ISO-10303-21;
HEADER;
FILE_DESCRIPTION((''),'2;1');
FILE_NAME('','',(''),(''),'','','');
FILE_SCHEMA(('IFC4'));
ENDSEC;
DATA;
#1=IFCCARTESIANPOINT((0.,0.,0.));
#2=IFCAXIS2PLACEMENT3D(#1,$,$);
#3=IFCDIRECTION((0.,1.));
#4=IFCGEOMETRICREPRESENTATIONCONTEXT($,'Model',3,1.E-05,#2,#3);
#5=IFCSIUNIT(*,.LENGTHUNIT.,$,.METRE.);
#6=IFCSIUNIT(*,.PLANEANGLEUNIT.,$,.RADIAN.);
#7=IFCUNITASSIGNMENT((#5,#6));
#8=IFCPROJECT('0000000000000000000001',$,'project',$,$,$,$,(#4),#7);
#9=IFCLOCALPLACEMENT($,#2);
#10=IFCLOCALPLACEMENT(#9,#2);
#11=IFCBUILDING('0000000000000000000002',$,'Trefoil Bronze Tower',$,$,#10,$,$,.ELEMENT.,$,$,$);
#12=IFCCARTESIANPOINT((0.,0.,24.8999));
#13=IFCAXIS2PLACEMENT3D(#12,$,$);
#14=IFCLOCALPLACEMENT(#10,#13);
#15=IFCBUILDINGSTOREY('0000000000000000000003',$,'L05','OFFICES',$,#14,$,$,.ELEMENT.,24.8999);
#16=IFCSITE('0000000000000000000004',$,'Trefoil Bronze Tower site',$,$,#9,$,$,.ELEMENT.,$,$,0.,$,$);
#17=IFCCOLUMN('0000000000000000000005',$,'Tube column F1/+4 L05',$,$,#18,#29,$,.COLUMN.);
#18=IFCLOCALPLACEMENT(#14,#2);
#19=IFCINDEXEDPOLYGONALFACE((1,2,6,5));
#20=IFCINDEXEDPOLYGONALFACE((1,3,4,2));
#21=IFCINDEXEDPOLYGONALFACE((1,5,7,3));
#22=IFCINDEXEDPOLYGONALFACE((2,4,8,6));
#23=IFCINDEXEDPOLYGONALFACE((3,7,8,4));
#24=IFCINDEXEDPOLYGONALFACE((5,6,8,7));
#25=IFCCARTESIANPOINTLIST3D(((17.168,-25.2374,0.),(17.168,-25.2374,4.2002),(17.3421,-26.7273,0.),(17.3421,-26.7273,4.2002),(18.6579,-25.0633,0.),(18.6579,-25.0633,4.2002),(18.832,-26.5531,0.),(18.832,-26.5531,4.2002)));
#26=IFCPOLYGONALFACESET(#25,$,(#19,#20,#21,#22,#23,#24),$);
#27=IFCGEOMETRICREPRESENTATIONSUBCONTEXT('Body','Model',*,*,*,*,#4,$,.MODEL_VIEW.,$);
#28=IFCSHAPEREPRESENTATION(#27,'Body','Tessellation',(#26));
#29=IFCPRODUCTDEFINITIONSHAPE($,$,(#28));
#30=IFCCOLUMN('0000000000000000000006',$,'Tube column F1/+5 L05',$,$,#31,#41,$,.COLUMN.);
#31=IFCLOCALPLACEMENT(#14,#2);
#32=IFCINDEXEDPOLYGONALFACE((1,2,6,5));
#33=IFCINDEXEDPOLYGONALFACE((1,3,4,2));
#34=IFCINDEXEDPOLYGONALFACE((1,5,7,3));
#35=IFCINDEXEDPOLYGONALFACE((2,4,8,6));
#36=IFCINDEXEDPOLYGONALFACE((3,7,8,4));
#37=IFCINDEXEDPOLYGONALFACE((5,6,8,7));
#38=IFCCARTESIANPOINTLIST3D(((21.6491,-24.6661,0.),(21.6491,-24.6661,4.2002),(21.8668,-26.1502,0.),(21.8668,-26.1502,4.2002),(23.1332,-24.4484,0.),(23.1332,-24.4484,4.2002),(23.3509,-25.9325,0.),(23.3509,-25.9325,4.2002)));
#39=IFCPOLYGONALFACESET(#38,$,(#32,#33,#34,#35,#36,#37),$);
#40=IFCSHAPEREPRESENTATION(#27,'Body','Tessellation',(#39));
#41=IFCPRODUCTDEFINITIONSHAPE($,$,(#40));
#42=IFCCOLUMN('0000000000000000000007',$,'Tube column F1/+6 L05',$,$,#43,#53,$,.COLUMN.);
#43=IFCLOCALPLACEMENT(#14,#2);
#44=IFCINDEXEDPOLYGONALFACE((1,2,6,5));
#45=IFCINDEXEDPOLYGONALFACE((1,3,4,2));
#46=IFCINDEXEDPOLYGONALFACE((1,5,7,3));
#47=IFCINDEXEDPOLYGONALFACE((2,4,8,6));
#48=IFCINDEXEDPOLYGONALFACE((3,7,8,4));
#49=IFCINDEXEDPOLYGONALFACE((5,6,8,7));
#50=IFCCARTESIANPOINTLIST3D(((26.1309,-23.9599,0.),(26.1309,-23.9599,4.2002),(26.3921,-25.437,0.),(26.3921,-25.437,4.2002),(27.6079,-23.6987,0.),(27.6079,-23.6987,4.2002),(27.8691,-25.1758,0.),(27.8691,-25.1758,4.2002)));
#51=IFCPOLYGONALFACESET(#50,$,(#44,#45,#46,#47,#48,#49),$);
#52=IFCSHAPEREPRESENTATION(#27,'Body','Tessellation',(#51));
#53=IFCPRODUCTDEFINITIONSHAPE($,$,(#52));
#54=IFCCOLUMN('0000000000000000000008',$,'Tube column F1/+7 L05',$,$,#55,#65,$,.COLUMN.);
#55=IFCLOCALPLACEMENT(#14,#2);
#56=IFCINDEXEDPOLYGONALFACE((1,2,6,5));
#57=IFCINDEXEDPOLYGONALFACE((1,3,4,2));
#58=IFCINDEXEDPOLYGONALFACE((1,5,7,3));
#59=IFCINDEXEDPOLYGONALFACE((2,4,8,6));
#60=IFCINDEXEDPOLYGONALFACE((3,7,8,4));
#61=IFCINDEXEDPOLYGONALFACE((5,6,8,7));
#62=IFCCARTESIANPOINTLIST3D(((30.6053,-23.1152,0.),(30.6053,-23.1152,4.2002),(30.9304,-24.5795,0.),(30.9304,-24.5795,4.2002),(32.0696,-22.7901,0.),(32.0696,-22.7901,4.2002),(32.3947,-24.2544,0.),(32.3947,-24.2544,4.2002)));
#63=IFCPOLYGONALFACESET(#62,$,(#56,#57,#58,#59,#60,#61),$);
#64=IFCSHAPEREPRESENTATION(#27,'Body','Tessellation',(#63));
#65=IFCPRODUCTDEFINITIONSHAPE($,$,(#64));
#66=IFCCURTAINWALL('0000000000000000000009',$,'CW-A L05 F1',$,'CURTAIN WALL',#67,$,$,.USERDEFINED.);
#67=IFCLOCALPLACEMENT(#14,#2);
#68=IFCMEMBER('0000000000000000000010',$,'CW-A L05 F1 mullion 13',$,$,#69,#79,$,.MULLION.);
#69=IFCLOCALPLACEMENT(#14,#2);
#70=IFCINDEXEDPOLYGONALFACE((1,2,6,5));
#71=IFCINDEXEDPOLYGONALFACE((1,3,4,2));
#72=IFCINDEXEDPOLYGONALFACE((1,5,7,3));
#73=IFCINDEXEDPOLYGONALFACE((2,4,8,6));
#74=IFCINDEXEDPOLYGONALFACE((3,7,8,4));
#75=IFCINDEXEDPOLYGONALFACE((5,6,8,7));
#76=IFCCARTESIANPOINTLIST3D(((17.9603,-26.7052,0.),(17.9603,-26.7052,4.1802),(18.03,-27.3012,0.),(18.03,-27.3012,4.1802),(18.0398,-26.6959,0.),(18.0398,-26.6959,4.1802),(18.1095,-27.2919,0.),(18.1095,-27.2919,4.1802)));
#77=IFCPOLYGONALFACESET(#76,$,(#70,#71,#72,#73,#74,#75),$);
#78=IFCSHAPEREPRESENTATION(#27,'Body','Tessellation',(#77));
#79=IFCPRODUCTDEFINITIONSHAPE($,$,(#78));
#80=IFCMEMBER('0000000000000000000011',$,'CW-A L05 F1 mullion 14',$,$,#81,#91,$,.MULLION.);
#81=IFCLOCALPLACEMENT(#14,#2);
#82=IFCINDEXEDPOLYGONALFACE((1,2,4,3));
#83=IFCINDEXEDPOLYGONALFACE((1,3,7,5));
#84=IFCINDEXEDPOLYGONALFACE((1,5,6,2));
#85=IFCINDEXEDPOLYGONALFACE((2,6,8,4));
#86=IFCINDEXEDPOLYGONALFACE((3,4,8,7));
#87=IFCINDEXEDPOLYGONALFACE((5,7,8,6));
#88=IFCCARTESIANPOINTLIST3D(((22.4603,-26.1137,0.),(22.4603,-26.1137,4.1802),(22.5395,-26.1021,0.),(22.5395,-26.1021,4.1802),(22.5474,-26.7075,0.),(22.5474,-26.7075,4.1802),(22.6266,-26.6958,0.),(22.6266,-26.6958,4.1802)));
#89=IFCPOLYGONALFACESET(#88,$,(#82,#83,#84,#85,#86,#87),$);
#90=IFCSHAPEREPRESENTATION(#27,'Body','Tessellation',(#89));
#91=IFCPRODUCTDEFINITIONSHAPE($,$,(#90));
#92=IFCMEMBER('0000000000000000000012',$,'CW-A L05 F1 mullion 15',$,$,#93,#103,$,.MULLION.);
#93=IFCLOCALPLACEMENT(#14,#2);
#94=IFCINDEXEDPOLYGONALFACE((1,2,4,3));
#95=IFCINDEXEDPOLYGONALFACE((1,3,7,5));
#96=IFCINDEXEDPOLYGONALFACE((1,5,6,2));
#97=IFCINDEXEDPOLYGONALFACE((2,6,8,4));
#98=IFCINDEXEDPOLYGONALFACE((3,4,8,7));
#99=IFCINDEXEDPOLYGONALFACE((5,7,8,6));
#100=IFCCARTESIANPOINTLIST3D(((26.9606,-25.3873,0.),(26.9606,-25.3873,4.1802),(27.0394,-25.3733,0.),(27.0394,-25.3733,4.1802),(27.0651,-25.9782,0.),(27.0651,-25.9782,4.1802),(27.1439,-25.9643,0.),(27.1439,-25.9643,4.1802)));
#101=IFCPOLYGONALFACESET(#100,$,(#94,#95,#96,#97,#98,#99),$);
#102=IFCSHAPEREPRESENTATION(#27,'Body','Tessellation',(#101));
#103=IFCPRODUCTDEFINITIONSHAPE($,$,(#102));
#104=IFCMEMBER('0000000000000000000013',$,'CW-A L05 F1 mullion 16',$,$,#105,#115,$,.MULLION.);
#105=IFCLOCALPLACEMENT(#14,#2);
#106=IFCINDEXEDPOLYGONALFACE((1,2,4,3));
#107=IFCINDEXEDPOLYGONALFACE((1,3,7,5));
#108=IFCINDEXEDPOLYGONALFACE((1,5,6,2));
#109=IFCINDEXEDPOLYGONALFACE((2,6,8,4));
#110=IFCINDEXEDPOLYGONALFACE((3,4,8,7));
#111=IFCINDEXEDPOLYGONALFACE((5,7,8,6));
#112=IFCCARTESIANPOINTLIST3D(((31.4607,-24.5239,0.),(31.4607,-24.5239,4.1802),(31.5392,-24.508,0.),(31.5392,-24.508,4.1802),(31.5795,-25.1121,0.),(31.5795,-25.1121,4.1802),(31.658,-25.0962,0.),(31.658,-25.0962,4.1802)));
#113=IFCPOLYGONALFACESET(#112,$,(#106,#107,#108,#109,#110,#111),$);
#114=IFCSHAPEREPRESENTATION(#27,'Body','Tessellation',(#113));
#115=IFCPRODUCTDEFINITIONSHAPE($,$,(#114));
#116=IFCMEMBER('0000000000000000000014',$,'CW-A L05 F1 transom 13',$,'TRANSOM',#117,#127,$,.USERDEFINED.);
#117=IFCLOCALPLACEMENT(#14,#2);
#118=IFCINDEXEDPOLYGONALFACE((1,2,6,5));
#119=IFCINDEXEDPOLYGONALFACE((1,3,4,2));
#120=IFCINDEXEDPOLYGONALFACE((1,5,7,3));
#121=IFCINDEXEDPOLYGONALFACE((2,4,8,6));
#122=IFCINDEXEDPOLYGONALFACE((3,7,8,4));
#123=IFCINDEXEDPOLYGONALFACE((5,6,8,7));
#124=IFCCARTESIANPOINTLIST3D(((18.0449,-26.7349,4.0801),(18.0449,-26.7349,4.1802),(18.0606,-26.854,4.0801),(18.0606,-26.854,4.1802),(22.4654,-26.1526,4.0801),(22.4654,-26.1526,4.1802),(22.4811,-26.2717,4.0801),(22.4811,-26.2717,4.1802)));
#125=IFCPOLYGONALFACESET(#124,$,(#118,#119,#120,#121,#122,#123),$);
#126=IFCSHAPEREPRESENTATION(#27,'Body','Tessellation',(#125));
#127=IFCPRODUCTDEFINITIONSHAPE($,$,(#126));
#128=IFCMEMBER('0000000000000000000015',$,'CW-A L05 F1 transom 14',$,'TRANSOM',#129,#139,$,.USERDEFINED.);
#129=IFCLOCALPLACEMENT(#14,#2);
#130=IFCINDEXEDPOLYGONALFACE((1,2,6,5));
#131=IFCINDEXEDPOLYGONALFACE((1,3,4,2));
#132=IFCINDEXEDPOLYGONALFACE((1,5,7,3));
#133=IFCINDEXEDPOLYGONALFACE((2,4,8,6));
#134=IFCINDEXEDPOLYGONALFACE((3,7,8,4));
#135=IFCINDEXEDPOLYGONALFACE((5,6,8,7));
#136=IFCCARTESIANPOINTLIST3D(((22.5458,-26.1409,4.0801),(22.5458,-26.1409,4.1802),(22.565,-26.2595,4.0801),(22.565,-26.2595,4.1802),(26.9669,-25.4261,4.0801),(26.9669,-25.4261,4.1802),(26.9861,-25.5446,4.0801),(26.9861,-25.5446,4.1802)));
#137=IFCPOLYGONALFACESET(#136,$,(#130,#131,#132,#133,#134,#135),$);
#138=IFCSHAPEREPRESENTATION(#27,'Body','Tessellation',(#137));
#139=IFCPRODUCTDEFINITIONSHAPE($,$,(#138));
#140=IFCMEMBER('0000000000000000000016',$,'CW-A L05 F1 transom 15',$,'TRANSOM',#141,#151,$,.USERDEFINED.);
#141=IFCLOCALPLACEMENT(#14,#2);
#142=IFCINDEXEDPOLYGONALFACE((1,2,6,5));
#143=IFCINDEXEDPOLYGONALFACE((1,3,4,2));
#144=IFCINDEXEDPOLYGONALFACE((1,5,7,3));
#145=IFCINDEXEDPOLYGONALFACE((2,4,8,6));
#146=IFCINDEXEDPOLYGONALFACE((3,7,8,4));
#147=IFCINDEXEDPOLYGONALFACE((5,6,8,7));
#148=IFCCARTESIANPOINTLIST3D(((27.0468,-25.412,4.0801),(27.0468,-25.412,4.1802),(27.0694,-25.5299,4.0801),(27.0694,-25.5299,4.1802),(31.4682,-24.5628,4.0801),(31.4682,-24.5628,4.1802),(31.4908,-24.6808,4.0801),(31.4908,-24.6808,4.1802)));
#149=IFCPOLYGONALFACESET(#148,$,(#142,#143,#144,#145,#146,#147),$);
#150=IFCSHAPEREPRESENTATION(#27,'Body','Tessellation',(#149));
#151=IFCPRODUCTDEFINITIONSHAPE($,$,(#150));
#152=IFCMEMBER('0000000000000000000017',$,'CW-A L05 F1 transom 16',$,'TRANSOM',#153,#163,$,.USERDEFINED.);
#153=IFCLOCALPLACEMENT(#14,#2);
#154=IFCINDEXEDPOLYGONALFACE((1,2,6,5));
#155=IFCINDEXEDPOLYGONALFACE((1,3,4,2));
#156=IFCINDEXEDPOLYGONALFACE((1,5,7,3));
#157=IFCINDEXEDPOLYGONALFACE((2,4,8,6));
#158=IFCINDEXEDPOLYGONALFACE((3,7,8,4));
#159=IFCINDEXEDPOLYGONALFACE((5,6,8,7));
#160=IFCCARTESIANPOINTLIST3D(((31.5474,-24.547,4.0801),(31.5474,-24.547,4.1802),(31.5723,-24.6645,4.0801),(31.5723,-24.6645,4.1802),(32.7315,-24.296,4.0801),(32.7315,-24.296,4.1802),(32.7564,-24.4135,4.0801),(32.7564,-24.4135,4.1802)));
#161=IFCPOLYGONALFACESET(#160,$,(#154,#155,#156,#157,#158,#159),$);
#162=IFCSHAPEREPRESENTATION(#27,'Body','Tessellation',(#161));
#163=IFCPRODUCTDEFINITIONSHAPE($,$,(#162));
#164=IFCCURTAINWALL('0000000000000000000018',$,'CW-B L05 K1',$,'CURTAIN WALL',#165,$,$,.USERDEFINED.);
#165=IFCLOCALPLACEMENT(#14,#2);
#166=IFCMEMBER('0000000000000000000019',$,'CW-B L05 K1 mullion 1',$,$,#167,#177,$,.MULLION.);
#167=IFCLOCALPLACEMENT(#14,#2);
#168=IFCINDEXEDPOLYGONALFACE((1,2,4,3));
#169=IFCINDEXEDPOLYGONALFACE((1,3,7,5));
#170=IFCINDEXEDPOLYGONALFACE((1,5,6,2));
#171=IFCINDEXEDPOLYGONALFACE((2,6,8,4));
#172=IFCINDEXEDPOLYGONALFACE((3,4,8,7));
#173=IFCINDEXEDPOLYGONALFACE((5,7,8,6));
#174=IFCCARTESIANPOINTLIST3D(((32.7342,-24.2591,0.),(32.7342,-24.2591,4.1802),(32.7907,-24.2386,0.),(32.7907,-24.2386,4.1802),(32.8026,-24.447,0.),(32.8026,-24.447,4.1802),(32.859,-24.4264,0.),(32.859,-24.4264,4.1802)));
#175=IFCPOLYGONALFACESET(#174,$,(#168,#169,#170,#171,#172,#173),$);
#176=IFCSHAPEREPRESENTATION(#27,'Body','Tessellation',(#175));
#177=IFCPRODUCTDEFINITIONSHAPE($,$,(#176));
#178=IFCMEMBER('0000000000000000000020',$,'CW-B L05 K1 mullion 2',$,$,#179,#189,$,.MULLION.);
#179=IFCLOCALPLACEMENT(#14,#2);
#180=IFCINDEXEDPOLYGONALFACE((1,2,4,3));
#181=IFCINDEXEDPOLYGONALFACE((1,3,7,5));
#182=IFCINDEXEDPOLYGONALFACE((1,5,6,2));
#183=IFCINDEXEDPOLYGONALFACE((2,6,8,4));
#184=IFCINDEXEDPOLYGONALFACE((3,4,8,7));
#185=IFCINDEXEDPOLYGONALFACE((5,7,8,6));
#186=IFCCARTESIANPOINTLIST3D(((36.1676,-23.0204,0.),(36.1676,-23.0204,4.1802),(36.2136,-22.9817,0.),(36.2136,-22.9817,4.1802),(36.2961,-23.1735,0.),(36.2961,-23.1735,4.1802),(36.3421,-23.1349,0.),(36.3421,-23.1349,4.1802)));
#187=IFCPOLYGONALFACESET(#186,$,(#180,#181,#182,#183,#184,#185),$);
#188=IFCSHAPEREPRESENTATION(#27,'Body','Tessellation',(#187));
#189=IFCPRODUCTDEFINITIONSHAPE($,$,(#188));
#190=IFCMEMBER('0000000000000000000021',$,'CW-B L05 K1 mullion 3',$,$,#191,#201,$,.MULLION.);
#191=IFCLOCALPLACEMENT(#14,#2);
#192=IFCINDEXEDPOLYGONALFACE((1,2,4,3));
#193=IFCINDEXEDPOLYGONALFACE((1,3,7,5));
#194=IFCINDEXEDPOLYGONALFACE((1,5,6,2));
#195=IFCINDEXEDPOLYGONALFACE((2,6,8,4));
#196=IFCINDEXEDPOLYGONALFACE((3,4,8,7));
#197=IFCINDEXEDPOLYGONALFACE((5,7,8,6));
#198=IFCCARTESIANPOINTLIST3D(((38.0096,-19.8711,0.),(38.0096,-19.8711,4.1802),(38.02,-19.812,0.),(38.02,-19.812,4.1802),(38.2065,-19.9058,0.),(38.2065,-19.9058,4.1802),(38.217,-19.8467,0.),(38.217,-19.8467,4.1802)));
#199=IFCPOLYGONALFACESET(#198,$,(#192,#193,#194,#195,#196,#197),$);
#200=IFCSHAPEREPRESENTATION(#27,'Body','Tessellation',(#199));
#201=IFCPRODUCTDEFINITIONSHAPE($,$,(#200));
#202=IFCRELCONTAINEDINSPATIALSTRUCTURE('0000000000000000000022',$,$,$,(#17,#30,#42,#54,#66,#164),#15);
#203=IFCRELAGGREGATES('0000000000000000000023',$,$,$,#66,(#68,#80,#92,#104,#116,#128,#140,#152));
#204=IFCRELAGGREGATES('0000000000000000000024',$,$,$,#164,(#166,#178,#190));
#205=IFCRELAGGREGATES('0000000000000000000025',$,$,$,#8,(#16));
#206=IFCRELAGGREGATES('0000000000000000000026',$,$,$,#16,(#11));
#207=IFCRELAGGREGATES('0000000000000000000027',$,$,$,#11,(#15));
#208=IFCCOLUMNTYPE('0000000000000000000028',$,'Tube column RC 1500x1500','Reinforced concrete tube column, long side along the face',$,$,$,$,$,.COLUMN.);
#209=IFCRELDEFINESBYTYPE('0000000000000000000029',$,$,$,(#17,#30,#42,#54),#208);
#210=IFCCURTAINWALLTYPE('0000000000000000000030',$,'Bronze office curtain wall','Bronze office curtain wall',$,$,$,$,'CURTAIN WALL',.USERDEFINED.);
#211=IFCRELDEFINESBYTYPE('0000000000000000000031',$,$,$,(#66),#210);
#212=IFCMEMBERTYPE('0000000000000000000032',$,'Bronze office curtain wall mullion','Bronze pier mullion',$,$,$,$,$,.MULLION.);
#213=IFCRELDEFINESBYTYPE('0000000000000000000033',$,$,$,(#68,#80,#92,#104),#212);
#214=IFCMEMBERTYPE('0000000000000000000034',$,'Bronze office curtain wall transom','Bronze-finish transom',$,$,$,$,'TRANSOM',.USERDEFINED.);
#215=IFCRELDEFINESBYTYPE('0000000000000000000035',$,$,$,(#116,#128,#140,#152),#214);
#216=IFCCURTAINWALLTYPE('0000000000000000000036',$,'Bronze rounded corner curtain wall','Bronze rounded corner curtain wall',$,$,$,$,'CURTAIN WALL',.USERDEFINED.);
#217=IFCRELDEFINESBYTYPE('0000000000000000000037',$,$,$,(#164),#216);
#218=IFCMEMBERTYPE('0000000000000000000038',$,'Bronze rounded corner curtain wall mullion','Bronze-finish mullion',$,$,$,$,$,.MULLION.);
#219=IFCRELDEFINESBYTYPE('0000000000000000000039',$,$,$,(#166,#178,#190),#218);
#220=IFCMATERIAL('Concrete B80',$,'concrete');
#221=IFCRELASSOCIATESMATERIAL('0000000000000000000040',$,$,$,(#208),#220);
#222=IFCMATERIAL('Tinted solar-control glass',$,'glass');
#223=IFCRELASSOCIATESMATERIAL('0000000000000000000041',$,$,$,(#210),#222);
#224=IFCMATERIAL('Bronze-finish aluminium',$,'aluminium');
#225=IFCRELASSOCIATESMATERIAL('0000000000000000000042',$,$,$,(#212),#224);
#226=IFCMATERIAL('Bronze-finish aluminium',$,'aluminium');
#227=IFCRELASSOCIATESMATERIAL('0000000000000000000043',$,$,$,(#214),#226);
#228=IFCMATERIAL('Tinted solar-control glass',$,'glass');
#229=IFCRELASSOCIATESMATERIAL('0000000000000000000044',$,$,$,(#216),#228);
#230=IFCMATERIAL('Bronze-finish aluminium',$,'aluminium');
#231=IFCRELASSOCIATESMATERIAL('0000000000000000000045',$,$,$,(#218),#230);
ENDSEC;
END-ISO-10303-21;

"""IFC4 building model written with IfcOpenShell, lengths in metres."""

from ifc_helpers import new_model, si_unit, direction, frame, origin, origin_2d, place, context, subcontext, project, spatial, rectangle, extrude, material, material_profile, profile_set, type_object, element, aggregate, save


model = new_model("IFC4")

# Units and contexts
model_context = context("Model", 3, precision=1e-05, world=origin(), true_north=direction((0.0, 1.0)))
body_context = subcontext(model_context, "Body", "Model", "MODEL_VIEW")
ifc_project = project(units=[si_unit("LENGTHUNIT", "METRE"), si_unit("PLANEANGLEUNIT", "RADIAN")], contexts=[model_context])

# Site, building, storey
site_placement = place(None, origin())
site = spatial("IfcSite", under=ifc_project, at=site_placement, Name="Trefoil Bronze Tower site", CompositionType="ELEMENT", RefElevation=0.0)
building_placement = place(site_placement, origin())
building = spatial("IfcBuilding", under=site, at=building_placement, Name="Trefoil Bronze Tower", CompositionType="ELEMENT")
storey_placement = place(building_placement, frame((0.0, 0.0, 24.8999)))
storey = spatial("IfcBuildingStorey", under=building, at=storey_placement, Name="L05", Description="OFFICES", CompositionType="ELEMENT", Elevation=24.8999)

# Columns
ifc_material_1 = material(Name="Concrete B80", Category="concrete")
ifc_material_profile_1 = material_profile(ifc_material_1, rectangle(XDim=1.5, YDim=1.5, at=origin_2d()), Name="RC 1500x1500")
ifc_profile_set_1 = profile_set([ifc_material_profile_1], Name="Concrete B80")
column_type = type_object("IfcColumnType", Name="Tube column RC 1500x1500", Description="Reinforced concrete tube column, long side along the face", PredefinedType="COLUMN", material=ifc_profile_set_1)
for number, where, z_axis, x_axis, name in (
    (1, (18.0, -25.8953, 0.0), (0.0, 0.0, 1.0), (0.993239, 0.116087, 0.0), "Tube column F1/+4 L05"),
    (2, (22.5, -25.2993, 0.0), (0.0, 0.0, 1.0), (0.989416, 0.145109, 0.0), "Tube column F1/+5 L05"),
    (3, (27.0, -24.5679, 0.0), (0.0, 0.0, 1.0), (0.984722, 0.174131, 0.0), "Tube column F1/+6 L05"),
    (4, (31.5, -23.6848, 0.0), (0.0, 0.0, 1.0), (0.97623, 0.216739, 0.0), "Tube column F1/+7 L05"),
):
    element("IfcColumn", number, at=place(storey_placement, frame(where, z_axis=z_axis, x_axis=x_axis)), inside=storey, type_object=column_type, Name=name, PredefinedType="COLUMN", context=body_context, shape_type="SweptSolid", body=[
        extrude(rectangle(XDim=1.5, YDim=1.5, at=origin_2d()), origin(), (0.0, 0.0, 1.0), 4.2002),
    ])

# Curtain walls, members
ifc_material_2 = material(Name="Tinted solar-control glass", Category="glass")
curtain_wall_type_1 = type_object("IfcCurtainWallType", Name="Bronze office curtain wall", Description="Bronze office curtain wall", ElementType="CURTAIN WALL", PredefinedType="USERDEFINED", material=ifc_material_2)
curtain_wall_1_placement = place(storey_placement, origin())
curtain_wall_1 = element("IfcCurtainWall", 5, at=curtain_wall_1_placement, inside=storey, type_object=curtain_wall_type_1, Name="CW-A L05 F1", ObjectType="CURTAIN WALL", PredefinedType="USERDEFINED")
ifc_material_3 = material(Name="Bronze-finish aluminium", Category="aluminium")
ifc_material_profile_2 = material_profile(ifc_material_3, rectangle(XDim=0.6001, YDim=0.0801, at=origin_2d()), Name="CW-A mullion")
ifc_profile_set_2 = profile_set([ifc_material_profile_2], Name="Bronze-finish aluminium")
member_type_1 = type_object("IfcMemberType", Name="Bronze office curtain wall mullion", Description="Bronze pier mullion", PredefinedType="MULLION", material=ifc_profile_set_2)
member_1_placement = place(storey_placement, frame((18.0349, -26.9985, 0.0), z_axis=(0.0, 0.0, 1.0), x_axis=(-0.116087, 0.993239, 0.0)))
member_1 = element("IfcMember", 6, at=member_1_placement, type_object=member_type_1, Name="CW-A L05 F1 mullion 13", PredefinedType="MULLION", context=body_context, shape_type="SweptSolid", body=[
    extrude(rectangle(XDim=0.6001, YDim=0.0801, at=origin_2d()), origin(), (0.0, 0.0, 1.0), 4.1802),
])
member_2_placement = place(storey_placement, frame((22.5435, -26.4048, 0.0), z_axis=(0.0, 0.0, 1.0), x_axis=(-0.145109, 0.989416, 0.0)))
member_2 = element("IfcMember", 7, at=member_2_placement, type_object=member_type_1, Name="CW-A L05 F1 mullion 14", PredefinedType="MULLION", context=body_context, shape_type="SweptSolid", body=[
    extrude(rectangle(XDim=0.6001, YDim=0.0801, at=origin_2d()), origin(), (0.0, 0.0, 1.0), 4.1802),
])
member_3_placement = place(storey_placement, frame((27.0522, -25.6758, 0.0), z_axis=(0.0, 0.0, 1.0), x_axis=(-0.174131, 0.984722, 0.0)))
member_3 = element("IfcMember", 8, at=member_3_placement, type_object=member_type_1, Name="CW-A L05 F1 mullion 15", PredefinedType="MULLION", context=body_context, shape_type="SweptSolid", body=[
    extrude(rectangle(XDim=0.6001, YDim=0.0801, at=origin_2d()), origin(), (0.0, 0.0, 1.0), 4.1802),
])
member_4_placement = place(storey_placement, frame((31.5593, -24.8101, 0.0), z_axis=(0.0, 0.0, 1.0), x_axis=(-0.19791, 0.98022, 0.0)))
member_4 = element("IfcMember", 9, at=member_4_placement, type_object=member_type_1, Name="CW-A L05 F1 mullion 16", PredefinedType="MULLION", context=body_context, shape_type="SweptSolid", body=[
    extrude(rectangle(XDim=0.6001, YDim=0.0801, at=origin_2d()), origin(), (0.0, 0.0, 1.0), 4.1802),
])
ifc_material_4 = material(Name="Bronze-finish aluminium", Category="aluminium")
ifc_material_profile_3 = material_profile(ifc_material_4, rectangle(XDim=0.1201, YDim=0.1001, at=origin_2d()), Name="CW-A transom")
ifc_profile_set_3 = profile_set([ifc_material_profile_3], Name="Bronze-finish aluminium")
member_type_2 = type_object("IfcMemberType", Name="Bronze office curtain wall transom", Description="Bronze-finish transom", ElementType="TRANSOM", PredefinedType="USERDEFINED", material=ifc_profile_set_3)
member_5_placement = place(storey_placement, frame((18.0527, -26.7944, 4.1301), z_axis=(0.991437, 0.130589, 0.0), x_axis=(-0.130589, 0.991437, 0.0)))
member_5 = element("IfcMember", 10, at=member_5_placement, type_object=member_type_2, Name="CW-A L05 F1 transom 13", ObjectType="TRANSOM", PredefinedType="USERDEFINED", context=body_context, shape_type="SweptSolid", body=[
    extrude(rectangle(XDim=0.1201, YDim=0.1001, at=origin_2d()), origin(), (0.0, 0.0, 1.0), 4.4587),
])
member_6_placement = place(storey_placement, frame((22.5554, -26.2002, 4.1301), z_axis=(0.987179, 0.159615, 0.0), x_axis=(-0.159615, 0.987179, 0.0)))
member_6 = element("IfcMember", 11, at=member_6_placement, type_object=member_type_2, Name="CW-A L05 F1 transom 14", ObjectType="TRANSOM", PredefinedType="USERDEFINED", context=body_context, shape_type="SweptSolid", body=[
    extrude(rectangle(XDim=0.1201, YDim=0.1001, at=origin_2d()), origin(), (0.0, 0.0, 1.0), 4.4785),
])
member_7_placement = place(storey_placement, frame((27.0581, -25.4709, 4.1301), z_axis=(0.982054, 0.188602, 0.0), x_axis=(-0.188602, 0.982054, 0.0)))
member_7 = element("IfcMember", 12, at=member_7_placement, type_object=member_type_2, Name="CW-A L05 F1 transom 15", ObjectType="TRANSOM", PredefinedType="USERDEFINED", context=body_context, shape_type="SweptSolid", body=[
    extrude(rectangle(XDim=0.1201, YDim=0.1001, at=origin_2d()), origin(), (0.0, 0.0, 1.0), 4.5022),
])
member_8_placement = place(storey_placement, frame((31.5598, -24.6057, 4.1301), z_axis=(0.978266, 0.207352, 0.0), x_axis=(-0.207352, 0.978266, 0.0)))
member_8 = element("IfcMember", 13, at=member_8_placement, type_object=member_type_2, Name="CW-A L05 F1 transom 16", ObjectType="TRANSOM", PredefinedType="USERDEFINED", context=body_context, shape_type="SweptSolid", body=[
    extrude(rectangle(XDim=0.1201, YDim=0.1001, at=origin_2d()), origin(), (0.0, 0.0, 1.0), 1.2104),
])
ifc_material_5 = material(Name="Tinted solar-control glass", Category="glass")
curtain_wall_type_2 = type_object("IfcCurtainWallType", Name="Bronze rounded corner curtain wall", Description="Bronze rounded corner curtain wall", ElementType="CURTAIN WALL", PredefinedType="USERDEFINED", material=ifc_material_5)
curtain_wall_2_placement = place(storey_placement, origin())
curtain_wall_2 = element("IfcCurtainWall", 14, at=curtain_wall_2_placement, inside=storey, type_object=curtain_wall_type_2, Name="CW-B L05 K1", ObjectType="CURTAIN WALL", PredefinedType="USERDEFINED")
ifc_material_6 = material(Name="Bronze-finish aluminium", Category="aluminium")
ifc_material_profile_4 = material_profile(ifc_material_6, rectangle(XDim=0.2, YDim=0.0601, at=origin_2d()), Name="CW-B mullion")
ifc_profile_set_4 = profile_set([ifc_material_profile_4], Name="Bronze-finish aluminium")
member_type_3 = type_object("IfcMemberType", Name="Bronze rounded corner curtain wall mullion", Description="Bronze-finish mullion", PredefinedType="MULLION", material=ifc_profile_set_4)
member_9_placement = place(storey_placement, frame((32.7966, -24.3428, 0.0), z_axis=(0.0, 0.0, 1.0), x_axis=(-0.34202, 0.939693, 0.0)))
member_9 = element("IfcMember", 15, at=member_9_placement, type_object=member_type_3, Name="CW-B L05 K1 mullion 1", PredefinedType="MULLION", context=body_context, shape_type="SweptSolid", body=[
    extrude(rectangle(XDim=0.2, YDim=0.0601, at=origin_2d()), origin(), (0.0, 0.0, 1.0), 4.1802),
])
member_10_placement = place(storey_placement, frame((36.2549, -23.0776, 0.0), z_axis=(0.0, 0.0, 1.0), x_axis=(-0.642788, 0.766044, 0.0)))
member_10 = element("IfcMember", 16, at=member_10_placement, type_object=member_type_3, Name="CW-B L05 K1 mullion 2", PredefinedType="MULLION", context=body_context, shape_type="SweptSolid", body=[
    extrude(rectangle(XDim=0.2, YDim=0.0601, at=origin_2d()), origin(), (0.0, 0.0, 1.0), 4.1802),
])
member_11_placement = place(storey_placement, frame((38.1133, -19.8589, 0.0), z_axis=(0.0, 0.0, 1.0), x_axis=(-0.984808, 0.173648, 0.0)))
member_11 = element("IfcMember", 17, at=member_11_placement, type_object=member_type_3, Name="CW-B L05 K1 mullion 3", PredefinedType="MULLION", context=body_context, shape_type="SweptSolid", body=[
    extrude(rectangle(XDim=0.2, YDim=0.0601, at=origin_2d()), origin(), (0.0, 0.0, 1.0), 4.1802),
])

aggregate(curtain_wall_1, [member_1, member_2, member_3, member_4, member_5, member_6, member_7, member_8])
aggregate(curtain_wall_2, [member_9, member_10, member_11])

save(model, "model.ifc")
